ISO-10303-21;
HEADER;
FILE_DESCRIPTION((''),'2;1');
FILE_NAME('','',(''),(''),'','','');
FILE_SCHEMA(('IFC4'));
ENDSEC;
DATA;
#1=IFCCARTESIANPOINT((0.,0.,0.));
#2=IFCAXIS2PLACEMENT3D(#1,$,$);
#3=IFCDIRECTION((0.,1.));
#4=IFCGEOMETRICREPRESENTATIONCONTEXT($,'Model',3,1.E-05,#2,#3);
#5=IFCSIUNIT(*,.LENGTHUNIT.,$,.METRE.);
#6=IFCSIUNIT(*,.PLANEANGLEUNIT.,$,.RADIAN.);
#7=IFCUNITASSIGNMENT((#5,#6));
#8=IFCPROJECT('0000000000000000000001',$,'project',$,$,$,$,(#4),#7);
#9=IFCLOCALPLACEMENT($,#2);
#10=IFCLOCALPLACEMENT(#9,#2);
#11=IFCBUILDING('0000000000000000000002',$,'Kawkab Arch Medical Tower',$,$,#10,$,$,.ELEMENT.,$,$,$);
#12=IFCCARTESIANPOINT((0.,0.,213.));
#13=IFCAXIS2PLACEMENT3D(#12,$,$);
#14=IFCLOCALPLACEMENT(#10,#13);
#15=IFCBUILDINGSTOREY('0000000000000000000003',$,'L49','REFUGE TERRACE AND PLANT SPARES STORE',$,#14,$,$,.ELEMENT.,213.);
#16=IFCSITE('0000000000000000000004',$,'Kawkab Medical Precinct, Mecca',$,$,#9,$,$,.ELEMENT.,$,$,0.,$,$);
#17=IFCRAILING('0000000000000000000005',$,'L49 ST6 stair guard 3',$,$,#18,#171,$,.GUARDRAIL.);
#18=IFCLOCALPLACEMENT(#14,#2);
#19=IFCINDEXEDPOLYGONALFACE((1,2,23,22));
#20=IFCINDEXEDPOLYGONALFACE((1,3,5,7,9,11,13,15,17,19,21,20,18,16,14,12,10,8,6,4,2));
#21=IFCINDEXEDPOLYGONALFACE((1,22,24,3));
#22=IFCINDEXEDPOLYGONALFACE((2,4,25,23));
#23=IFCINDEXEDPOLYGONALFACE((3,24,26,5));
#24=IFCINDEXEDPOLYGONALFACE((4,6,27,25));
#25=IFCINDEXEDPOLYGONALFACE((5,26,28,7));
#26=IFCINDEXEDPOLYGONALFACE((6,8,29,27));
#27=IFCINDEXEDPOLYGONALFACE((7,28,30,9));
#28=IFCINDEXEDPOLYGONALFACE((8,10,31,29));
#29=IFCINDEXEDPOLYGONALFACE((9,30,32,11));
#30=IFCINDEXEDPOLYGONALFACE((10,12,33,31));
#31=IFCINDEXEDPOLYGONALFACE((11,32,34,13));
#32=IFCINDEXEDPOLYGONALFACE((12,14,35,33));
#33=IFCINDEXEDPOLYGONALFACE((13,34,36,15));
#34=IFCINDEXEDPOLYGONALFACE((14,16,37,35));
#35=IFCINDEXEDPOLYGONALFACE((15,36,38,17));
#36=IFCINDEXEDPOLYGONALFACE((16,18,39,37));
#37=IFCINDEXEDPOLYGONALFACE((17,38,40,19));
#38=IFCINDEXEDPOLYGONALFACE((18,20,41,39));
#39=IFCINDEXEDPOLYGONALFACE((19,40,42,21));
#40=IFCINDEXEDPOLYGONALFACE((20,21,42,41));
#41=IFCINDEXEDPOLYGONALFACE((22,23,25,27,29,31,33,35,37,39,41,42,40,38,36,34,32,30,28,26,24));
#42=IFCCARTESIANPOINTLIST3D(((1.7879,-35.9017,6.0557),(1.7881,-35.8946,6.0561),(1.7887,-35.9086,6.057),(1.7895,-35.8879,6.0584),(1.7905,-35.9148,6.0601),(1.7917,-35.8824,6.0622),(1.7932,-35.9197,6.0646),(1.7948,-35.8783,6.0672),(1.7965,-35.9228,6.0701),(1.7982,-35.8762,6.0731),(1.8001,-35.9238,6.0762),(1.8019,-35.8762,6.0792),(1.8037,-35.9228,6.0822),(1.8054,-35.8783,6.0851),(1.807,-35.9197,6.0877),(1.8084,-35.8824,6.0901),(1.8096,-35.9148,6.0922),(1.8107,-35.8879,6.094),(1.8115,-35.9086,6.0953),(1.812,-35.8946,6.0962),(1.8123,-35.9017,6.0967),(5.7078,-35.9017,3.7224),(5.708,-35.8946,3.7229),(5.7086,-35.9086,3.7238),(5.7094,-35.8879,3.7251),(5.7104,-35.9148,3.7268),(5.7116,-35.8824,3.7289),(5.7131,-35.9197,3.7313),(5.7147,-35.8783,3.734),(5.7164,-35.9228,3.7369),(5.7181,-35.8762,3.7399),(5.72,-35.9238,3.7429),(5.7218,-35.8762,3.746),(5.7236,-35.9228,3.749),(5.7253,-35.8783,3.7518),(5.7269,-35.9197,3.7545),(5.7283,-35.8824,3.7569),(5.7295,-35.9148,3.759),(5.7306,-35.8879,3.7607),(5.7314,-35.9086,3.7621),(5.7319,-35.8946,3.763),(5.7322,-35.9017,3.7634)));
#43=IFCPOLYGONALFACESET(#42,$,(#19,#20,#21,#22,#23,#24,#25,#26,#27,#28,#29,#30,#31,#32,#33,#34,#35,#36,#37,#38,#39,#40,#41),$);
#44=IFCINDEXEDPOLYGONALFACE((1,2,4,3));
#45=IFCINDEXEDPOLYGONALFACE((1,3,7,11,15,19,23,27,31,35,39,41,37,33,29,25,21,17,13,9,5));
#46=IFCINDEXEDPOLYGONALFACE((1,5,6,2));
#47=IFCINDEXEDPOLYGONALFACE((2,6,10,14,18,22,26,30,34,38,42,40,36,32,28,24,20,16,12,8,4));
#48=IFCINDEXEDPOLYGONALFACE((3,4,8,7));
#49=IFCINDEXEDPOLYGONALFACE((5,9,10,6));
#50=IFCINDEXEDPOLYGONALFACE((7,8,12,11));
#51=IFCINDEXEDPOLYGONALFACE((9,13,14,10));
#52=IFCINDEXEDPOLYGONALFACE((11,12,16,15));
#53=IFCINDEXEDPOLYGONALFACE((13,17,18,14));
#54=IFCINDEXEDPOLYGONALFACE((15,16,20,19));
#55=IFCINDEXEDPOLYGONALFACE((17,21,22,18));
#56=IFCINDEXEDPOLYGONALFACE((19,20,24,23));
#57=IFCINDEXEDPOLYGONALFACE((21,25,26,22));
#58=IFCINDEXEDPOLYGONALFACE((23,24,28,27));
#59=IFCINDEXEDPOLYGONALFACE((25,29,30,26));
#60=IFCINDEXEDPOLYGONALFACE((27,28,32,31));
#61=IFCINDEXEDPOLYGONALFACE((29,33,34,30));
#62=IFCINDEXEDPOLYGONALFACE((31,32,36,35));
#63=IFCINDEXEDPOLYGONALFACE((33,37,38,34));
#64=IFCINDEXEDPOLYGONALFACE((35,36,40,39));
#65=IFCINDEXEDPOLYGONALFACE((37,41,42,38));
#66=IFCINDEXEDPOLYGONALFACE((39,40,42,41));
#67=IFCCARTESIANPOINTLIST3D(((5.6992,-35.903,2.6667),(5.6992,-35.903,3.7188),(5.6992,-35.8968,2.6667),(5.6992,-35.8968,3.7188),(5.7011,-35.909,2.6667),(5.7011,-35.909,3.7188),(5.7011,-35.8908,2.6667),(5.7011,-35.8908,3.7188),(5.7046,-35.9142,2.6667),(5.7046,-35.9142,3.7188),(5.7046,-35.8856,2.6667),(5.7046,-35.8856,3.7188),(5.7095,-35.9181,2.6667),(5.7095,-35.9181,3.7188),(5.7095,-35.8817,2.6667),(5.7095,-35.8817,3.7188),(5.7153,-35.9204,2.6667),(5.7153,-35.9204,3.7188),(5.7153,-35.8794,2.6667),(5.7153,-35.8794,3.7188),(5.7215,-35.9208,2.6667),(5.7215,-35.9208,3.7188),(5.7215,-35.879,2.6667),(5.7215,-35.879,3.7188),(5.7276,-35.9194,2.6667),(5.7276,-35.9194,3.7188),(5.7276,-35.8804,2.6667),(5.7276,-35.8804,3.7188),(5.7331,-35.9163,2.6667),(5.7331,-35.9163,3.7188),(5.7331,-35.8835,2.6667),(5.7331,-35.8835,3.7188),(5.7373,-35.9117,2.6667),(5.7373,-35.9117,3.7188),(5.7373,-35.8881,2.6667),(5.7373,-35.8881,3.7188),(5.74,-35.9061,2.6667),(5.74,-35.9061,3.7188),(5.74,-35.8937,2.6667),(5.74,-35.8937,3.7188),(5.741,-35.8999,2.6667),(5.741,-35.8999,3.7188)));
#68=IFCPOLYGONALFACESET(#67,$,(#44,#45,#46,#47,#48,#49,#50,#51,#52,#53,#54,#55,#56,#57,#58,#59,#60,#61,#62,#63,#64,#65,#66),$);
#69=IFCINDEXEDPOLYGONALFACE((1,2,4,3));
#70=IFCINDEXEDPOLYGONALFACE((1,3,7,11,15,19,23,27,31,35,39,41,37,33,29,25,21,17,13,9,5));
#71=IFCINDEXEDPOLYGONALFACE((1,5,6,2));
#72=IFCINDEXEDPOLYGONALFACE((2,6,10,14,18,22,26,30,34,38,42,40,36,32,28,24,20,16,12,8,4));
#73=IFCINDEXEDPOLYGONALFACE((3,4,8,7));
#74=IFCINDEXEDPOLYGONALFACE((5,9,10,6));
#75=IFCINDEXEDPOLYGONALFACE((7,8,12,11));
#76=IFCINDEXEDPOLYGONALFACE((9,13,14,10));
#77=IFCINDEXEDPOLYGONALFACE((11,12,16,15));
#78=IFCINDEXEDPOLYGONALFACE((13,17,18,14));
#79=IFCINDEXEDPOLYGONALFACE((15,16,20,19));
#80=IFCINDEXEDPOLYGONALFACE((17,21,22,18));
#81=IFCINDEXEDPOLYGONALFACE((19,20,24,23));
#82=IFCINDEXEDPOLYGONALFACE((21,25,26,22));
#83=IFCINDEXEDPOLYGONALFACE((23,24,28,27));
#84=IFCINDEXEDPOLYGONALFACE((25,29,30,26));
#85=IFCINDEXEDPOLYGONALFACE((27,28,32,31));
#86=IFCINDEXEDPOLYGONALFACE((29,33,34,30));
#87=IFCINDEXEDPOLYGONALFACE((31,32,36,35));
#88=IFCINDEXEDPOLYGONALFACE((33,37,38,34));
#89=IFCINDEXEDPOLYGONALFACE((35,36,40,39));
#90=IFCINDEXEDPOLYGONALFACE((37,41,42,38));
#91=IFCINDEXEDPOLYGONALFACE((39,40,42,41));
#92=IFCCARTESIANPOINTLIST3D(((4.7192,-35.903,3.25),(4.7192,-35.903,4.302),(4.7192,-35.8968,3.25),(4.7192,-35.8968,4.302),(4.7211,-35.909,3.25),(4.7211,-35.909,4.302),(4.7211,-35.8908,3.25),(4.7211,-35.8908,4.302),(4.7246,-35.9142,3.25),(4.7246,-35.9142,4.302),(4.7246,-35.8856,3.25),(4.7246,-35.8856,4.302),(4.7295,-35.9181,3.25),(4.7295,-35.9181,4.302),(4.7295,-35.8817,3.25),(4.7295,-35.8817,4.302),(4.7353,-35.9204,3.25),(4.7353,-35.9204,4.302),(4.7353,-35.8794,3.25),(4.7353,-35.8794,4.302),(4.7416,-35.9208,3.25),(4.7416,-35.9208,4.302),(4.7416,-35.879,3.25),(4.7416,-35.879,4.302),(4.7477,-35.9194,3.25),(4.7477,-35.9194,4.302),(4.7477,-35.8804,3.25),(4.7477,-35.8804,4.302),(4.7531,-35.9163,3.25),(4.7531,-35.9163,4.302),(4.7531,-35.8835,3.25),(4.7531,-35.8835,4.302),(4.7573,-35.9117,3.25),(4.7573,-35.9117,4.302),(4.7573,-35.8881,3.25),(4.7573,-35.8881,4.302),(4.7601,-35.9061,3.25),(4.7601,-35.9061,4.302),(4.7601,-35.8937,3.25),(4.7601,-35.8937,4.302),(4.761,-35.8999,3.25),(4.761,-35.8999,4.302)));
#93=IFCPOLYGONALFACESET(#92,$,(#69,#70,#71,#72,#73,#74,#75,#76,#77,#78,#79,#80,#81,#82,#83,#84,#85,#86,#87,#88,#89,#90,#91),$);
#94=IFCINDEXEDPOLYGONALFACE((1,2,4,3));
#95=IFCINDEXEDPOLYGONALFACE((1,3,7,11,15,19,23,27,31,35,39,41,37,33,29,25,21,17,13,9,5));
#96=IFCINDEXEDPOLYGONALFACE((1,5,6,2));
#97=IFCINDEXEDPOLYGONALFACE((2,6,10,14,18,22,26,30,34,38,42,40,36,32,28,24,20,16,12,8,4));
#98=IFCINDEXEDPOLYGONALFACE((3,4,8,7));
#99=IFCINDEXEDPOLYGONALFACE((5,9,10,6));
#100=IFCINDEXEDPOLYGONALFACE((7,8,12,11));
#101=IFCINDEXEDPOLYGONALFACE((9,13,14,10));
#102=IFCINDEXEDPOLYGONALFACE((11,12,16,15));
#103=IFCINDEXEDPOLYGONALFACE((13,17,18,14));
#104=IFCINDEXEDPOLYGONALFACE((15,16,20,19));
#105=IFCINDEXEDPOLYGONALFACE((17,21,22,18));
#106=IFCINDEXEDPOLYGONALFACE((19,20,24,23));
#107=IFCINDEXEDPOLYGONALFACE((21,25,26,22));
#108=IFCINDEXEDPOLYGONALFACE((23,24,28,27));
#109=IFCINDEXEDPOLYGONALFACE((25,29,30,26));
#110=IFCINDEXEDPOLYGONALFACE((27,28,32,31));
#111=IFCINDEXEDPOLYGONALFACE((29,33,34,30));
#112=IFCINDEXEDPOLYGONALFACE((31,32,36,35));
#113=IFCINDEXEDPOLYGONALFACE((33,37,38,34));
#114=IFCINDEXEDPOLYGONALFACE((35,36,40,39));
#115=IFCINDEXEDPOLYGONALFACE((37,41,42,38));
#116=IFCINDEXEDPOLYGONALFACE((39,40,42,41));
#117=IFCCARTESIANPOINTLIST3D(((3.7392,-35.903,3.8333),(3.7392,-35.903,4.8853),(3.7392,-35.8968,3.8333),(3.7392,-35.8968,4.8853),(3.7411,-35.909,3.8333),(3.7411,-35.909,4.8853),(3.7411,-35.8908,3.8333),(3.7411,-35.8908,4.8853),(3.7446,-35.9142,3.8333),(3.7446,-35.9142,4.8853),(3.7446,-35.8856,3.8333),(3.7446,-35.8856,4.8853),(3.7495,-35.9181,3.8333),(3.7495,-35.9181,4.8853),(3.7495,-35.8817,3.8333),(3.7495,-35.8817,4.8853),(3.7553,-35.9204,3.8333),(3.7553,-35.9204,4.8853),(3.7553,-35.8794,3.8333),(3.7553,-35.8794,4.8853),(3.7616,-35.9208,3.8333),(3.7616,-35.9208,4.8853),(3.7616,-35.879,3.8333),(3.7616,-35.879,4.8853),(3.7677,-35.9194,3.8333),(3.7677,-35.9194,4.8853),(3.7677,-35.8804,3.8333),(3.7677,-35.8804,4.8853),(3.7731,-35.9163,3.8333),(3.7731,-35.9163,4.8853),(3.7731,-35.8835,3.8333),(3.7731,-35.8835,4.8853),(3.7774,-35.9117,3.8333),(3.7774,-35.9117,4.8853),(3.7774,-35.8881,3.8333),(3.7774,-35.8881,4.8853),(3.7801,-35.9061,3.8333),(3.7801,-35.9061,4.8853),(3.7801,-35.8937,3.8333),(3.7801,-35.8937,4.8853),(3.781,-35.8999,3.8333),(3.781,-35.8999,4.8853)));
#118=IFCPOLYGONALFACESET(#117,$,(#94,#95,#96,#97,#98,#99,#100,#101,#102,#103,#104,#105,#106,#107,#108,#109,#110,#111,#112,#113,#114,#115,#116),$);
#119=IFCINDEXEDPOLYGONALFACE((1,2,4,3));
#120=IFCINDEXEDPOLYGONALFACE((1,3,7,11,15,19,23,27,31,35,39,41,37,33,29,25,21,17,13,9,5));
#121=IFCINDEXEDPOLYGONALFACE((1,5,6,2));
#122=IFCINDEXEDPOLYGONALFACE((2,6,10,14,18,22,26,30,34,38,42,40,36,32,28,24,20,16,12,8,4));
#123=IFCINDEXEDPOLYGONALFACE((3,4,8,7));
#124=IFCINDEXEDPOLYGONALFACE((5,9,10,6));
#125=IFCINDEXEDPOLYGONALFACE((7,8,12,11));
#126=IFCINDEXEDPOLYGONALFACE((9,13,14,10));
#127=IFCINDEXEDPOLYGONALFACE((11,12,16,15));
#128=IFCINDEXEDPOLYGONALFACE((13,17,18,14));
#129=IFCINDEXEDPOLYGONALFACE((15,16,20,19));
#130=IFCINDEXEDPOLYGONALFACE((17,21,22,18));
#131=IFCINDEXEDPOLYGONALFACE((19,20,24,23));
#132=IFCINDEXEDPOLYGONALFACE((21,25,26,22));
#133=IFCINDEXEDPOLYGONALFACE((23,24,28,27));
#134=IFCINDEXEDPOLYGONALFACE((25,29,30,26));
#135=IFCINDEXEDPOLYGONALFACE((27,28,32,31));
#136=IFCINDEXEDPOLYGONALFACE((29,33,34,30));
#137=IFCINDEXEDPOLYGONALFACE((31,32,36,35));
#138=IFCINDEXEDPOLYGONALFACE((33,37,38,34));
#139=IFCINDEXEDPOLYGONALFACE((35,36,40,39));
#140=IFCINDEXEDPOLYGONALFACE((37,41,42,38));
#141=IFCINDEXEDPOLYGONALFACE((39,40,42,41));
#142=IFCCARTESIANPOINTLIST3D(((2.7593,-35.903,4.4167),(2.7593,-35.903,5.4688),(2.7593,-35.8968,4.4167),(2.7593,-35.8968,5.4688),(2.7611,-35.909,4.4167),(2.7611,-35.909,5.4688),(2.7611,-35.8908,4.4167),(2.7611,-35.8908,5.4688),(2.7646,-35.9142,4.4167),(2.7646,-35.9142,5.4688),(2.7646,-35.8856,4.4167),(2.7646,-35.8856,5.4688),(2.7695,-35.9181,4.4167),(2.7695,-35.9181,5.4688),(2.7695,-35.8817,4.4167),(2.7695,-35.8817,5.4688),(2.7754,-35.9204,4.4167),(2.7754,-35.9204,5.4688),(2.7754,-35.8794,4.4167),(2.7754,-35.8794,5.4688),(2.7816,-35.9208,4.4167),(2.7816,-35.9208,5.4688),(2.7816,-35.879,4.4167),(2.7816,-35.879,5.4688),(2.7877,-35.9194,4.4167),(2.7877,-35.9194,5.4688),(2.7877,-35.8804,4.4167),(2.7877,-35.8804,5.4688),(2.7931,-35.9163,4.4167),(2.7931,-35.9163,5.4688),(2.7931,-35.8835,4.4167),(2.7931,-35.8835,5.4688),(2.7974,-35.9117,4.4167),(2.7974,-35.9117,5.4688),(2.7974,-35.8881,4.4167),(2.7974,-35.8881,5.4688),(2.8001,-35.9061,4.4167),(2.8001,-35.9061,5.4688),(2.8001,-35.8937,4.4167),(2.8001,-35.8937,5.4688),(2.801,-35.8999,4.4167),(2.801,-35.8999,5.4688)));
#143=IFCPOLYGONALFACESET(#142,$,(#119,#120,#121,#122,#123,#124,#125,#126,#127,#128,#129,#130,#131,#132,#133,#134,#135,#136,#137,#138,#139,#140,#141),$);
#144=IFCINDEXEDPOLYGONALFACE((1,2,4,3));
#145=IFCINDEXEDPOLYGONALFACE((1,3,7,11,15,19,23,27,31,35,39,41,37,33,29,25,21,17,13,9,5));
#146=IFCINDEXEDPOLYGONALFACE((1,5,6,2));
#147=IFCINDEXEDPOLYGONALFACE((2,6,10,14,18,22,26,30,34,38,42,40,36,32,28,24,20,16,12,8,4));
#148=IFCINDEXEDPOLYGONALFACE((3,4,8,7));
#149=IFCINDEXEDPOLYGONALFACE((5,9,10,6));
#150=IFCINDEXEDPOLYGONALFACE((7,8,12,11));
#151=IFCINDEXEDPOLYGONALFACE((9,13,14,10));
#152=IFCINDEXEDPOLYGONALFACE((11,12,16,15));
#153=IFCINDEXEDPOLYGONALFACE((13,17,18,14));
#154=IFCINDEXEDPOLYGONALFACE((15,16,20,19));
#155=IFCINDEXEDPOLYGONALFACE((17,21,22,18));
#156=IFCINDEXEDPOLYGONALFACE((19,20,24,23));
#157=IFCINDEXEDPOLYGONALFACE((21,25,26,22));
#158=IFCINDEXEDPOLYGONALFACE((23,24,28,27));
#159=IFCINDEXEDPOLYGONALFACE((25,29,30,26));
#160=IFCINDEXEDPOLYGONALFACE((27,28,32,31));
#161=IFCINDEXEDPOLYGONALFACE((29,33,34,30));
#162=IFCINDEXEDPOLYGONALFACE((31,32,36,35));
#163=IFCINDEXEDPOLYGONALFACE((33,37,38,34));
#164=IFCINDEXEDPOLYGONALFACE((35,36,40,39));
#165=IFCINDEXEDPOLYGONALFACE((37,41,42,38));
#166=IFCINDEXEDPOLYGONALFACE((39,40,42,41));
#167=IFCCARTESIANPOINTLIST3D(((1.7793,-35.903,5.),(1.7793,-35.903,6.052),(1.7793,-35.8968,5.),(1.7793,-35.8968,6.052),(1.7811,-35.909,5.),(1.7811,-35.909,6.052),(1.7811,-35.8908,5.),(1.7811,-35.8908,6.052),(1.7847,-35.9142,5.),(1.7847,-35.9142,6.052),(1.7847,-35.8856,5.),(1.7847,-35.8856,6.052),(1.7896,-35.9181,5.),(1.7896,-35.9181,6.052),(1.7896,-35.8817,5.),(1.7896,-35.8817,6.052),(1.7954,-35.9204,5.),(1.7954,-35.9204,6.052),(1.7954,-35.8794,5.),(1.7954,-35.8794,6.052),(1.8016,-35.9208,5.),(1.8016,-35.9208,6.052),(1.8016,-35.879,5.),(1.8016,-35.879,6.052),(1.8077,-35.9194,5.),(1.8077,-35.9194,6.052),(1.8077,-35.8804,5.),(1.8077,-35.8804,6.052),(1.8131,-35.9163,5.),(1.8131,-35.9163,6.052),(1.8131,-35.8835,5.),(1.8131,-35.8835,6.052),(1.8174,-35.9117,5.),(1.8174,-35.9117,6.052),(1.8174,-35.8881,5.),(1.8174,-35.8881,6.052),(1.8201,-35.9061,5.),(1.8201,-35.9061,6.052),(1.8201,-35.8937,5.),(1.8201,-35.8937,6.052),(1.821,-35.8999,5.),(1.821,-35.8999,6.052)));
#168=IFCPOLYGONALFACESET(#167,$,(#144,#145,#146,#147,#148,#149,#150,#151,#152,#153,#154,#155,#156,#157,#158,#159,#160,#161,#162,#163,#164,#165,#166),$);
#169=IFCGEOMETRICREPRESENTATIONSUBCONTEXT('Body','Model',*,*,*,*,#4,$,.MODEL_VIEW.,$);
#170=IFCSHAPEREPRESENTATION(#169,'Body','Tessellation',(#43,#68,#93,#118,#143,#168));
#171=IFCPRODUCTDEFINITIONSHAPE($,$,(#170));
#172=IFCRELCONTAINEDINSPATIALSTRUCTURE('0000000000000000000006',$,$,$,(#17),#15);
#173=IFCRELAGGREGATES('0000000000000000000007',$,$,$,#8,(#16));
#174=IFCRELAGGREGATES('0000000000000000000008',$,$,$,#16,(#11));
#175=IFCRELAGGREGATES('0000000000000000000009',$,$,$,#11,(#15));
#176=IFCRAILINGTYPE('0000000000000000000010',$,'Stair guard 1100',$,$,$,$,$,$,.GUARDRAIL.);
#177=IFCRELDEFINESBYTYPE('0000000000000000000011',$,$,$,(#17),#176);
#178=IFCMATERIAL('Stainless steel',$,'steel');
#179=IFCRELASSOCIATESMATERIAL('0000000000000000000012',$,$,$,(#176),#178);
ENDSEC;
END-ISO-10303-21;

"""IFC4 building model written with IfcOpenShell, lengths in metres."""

from ifc_helpers import new_model, si_unit, direction, frame, origin, origin_2d, place, context, subcontext, project, spatial, circle, extrude, material, type_object, element, save


model = new_model("IFC4")

# Units and contexts
model_context = context("Model", 3, precision=1e-05, world=origin(), true_north=direction((0.0, 1.0)))
body_context = subcontext(model_context, "Body", "Model", "MODEL_VIEW")
ifc_project = project(units=[si_unit("LENGTHUNIT", "METRE"), si_unit("PLANEANGLEUNIT", "RADIAN")], contexts=[model_context])

# Site, building, storey
site_placement = place(None, origin())
site = spatial("IfcSite", under=ifc_project, at=site_placement, Name="Kawkab Medical Precinct, Mecca", CompositionType="ELEMENT", RefElevation=0.0)
building_placement = place(site_placement, origin())
building = spatial("IfcBuilding", under=site, at=building_placement, Name="Kawkab Arch Medical Tower", CompositionType="ELEMENT")
storey_placement = place(building_placement, frame((0.0, 0.0, 213.0)))
storey = spatial("IfcBuildingStorey", under=building, at=storey_placement, Name="L49", Description="REFUGE TERRACE AND PLANT SPARES STORE", CompositionType="ELEMENT", Elevation=213.0)

# Railing
ifc_material_1 = material(Name="Stainless steel", Category="steel")
railing_type = type_object("IfcRailingType", Name="Stair guard 1100", PredefinedType="GUARDRAIL", material=ifc_material_1)
railing_1_placement = place(storey_placement, frame((5.72, -35.8999, 2.6667)))
element("IfcRailing", 1, at=railing_1_placement, inside=storey, type_object=railing_type, Name="L49 ST6 stair guard 3", PredefinedType="GUARDRAIL", context=body_context, shape_type="SweptSolid", body=[
    extrude(circle(Radius=0.0239, at=origin_2d()), frame((0.0, 0.0, 1.0762), z_axis=(-0.859296, 0.0, 0.511478), x_axis=(0.0, -1.0, 0.0)), (0.0, 0.0, 1.0), 4.5618),
    extrude(circle(Radius=0.021, at=origin_2d()), origin(), (0.0, 0.0, 1.0), 1.052),
    extrude(circle(Radius=0.021, at=origin_2d()), frame((-0.98, 0.0, 0.5833)), (0.0, 0.0, 1.0), 1.052),
    extrude(circle(Radius=0.021, at=origin_2d()), frame((-1.96, 0.0, 1.1665)), (0.0, 0.0, 1.0), 1.052),
    extrude(circle(Radius=0.021, at=origin_2d()), frame((-2.9399, 0.0, 1.75)), (0.0, 0.0, 1.0), 1.052),
    extrude(circle(Radius=0.021, at=origin_2d()), frame((-3.9199, 0.0, 2.3333)), (0.0, 0.0, 1.0), 1.052),
])

save(model, "model.ifc")
